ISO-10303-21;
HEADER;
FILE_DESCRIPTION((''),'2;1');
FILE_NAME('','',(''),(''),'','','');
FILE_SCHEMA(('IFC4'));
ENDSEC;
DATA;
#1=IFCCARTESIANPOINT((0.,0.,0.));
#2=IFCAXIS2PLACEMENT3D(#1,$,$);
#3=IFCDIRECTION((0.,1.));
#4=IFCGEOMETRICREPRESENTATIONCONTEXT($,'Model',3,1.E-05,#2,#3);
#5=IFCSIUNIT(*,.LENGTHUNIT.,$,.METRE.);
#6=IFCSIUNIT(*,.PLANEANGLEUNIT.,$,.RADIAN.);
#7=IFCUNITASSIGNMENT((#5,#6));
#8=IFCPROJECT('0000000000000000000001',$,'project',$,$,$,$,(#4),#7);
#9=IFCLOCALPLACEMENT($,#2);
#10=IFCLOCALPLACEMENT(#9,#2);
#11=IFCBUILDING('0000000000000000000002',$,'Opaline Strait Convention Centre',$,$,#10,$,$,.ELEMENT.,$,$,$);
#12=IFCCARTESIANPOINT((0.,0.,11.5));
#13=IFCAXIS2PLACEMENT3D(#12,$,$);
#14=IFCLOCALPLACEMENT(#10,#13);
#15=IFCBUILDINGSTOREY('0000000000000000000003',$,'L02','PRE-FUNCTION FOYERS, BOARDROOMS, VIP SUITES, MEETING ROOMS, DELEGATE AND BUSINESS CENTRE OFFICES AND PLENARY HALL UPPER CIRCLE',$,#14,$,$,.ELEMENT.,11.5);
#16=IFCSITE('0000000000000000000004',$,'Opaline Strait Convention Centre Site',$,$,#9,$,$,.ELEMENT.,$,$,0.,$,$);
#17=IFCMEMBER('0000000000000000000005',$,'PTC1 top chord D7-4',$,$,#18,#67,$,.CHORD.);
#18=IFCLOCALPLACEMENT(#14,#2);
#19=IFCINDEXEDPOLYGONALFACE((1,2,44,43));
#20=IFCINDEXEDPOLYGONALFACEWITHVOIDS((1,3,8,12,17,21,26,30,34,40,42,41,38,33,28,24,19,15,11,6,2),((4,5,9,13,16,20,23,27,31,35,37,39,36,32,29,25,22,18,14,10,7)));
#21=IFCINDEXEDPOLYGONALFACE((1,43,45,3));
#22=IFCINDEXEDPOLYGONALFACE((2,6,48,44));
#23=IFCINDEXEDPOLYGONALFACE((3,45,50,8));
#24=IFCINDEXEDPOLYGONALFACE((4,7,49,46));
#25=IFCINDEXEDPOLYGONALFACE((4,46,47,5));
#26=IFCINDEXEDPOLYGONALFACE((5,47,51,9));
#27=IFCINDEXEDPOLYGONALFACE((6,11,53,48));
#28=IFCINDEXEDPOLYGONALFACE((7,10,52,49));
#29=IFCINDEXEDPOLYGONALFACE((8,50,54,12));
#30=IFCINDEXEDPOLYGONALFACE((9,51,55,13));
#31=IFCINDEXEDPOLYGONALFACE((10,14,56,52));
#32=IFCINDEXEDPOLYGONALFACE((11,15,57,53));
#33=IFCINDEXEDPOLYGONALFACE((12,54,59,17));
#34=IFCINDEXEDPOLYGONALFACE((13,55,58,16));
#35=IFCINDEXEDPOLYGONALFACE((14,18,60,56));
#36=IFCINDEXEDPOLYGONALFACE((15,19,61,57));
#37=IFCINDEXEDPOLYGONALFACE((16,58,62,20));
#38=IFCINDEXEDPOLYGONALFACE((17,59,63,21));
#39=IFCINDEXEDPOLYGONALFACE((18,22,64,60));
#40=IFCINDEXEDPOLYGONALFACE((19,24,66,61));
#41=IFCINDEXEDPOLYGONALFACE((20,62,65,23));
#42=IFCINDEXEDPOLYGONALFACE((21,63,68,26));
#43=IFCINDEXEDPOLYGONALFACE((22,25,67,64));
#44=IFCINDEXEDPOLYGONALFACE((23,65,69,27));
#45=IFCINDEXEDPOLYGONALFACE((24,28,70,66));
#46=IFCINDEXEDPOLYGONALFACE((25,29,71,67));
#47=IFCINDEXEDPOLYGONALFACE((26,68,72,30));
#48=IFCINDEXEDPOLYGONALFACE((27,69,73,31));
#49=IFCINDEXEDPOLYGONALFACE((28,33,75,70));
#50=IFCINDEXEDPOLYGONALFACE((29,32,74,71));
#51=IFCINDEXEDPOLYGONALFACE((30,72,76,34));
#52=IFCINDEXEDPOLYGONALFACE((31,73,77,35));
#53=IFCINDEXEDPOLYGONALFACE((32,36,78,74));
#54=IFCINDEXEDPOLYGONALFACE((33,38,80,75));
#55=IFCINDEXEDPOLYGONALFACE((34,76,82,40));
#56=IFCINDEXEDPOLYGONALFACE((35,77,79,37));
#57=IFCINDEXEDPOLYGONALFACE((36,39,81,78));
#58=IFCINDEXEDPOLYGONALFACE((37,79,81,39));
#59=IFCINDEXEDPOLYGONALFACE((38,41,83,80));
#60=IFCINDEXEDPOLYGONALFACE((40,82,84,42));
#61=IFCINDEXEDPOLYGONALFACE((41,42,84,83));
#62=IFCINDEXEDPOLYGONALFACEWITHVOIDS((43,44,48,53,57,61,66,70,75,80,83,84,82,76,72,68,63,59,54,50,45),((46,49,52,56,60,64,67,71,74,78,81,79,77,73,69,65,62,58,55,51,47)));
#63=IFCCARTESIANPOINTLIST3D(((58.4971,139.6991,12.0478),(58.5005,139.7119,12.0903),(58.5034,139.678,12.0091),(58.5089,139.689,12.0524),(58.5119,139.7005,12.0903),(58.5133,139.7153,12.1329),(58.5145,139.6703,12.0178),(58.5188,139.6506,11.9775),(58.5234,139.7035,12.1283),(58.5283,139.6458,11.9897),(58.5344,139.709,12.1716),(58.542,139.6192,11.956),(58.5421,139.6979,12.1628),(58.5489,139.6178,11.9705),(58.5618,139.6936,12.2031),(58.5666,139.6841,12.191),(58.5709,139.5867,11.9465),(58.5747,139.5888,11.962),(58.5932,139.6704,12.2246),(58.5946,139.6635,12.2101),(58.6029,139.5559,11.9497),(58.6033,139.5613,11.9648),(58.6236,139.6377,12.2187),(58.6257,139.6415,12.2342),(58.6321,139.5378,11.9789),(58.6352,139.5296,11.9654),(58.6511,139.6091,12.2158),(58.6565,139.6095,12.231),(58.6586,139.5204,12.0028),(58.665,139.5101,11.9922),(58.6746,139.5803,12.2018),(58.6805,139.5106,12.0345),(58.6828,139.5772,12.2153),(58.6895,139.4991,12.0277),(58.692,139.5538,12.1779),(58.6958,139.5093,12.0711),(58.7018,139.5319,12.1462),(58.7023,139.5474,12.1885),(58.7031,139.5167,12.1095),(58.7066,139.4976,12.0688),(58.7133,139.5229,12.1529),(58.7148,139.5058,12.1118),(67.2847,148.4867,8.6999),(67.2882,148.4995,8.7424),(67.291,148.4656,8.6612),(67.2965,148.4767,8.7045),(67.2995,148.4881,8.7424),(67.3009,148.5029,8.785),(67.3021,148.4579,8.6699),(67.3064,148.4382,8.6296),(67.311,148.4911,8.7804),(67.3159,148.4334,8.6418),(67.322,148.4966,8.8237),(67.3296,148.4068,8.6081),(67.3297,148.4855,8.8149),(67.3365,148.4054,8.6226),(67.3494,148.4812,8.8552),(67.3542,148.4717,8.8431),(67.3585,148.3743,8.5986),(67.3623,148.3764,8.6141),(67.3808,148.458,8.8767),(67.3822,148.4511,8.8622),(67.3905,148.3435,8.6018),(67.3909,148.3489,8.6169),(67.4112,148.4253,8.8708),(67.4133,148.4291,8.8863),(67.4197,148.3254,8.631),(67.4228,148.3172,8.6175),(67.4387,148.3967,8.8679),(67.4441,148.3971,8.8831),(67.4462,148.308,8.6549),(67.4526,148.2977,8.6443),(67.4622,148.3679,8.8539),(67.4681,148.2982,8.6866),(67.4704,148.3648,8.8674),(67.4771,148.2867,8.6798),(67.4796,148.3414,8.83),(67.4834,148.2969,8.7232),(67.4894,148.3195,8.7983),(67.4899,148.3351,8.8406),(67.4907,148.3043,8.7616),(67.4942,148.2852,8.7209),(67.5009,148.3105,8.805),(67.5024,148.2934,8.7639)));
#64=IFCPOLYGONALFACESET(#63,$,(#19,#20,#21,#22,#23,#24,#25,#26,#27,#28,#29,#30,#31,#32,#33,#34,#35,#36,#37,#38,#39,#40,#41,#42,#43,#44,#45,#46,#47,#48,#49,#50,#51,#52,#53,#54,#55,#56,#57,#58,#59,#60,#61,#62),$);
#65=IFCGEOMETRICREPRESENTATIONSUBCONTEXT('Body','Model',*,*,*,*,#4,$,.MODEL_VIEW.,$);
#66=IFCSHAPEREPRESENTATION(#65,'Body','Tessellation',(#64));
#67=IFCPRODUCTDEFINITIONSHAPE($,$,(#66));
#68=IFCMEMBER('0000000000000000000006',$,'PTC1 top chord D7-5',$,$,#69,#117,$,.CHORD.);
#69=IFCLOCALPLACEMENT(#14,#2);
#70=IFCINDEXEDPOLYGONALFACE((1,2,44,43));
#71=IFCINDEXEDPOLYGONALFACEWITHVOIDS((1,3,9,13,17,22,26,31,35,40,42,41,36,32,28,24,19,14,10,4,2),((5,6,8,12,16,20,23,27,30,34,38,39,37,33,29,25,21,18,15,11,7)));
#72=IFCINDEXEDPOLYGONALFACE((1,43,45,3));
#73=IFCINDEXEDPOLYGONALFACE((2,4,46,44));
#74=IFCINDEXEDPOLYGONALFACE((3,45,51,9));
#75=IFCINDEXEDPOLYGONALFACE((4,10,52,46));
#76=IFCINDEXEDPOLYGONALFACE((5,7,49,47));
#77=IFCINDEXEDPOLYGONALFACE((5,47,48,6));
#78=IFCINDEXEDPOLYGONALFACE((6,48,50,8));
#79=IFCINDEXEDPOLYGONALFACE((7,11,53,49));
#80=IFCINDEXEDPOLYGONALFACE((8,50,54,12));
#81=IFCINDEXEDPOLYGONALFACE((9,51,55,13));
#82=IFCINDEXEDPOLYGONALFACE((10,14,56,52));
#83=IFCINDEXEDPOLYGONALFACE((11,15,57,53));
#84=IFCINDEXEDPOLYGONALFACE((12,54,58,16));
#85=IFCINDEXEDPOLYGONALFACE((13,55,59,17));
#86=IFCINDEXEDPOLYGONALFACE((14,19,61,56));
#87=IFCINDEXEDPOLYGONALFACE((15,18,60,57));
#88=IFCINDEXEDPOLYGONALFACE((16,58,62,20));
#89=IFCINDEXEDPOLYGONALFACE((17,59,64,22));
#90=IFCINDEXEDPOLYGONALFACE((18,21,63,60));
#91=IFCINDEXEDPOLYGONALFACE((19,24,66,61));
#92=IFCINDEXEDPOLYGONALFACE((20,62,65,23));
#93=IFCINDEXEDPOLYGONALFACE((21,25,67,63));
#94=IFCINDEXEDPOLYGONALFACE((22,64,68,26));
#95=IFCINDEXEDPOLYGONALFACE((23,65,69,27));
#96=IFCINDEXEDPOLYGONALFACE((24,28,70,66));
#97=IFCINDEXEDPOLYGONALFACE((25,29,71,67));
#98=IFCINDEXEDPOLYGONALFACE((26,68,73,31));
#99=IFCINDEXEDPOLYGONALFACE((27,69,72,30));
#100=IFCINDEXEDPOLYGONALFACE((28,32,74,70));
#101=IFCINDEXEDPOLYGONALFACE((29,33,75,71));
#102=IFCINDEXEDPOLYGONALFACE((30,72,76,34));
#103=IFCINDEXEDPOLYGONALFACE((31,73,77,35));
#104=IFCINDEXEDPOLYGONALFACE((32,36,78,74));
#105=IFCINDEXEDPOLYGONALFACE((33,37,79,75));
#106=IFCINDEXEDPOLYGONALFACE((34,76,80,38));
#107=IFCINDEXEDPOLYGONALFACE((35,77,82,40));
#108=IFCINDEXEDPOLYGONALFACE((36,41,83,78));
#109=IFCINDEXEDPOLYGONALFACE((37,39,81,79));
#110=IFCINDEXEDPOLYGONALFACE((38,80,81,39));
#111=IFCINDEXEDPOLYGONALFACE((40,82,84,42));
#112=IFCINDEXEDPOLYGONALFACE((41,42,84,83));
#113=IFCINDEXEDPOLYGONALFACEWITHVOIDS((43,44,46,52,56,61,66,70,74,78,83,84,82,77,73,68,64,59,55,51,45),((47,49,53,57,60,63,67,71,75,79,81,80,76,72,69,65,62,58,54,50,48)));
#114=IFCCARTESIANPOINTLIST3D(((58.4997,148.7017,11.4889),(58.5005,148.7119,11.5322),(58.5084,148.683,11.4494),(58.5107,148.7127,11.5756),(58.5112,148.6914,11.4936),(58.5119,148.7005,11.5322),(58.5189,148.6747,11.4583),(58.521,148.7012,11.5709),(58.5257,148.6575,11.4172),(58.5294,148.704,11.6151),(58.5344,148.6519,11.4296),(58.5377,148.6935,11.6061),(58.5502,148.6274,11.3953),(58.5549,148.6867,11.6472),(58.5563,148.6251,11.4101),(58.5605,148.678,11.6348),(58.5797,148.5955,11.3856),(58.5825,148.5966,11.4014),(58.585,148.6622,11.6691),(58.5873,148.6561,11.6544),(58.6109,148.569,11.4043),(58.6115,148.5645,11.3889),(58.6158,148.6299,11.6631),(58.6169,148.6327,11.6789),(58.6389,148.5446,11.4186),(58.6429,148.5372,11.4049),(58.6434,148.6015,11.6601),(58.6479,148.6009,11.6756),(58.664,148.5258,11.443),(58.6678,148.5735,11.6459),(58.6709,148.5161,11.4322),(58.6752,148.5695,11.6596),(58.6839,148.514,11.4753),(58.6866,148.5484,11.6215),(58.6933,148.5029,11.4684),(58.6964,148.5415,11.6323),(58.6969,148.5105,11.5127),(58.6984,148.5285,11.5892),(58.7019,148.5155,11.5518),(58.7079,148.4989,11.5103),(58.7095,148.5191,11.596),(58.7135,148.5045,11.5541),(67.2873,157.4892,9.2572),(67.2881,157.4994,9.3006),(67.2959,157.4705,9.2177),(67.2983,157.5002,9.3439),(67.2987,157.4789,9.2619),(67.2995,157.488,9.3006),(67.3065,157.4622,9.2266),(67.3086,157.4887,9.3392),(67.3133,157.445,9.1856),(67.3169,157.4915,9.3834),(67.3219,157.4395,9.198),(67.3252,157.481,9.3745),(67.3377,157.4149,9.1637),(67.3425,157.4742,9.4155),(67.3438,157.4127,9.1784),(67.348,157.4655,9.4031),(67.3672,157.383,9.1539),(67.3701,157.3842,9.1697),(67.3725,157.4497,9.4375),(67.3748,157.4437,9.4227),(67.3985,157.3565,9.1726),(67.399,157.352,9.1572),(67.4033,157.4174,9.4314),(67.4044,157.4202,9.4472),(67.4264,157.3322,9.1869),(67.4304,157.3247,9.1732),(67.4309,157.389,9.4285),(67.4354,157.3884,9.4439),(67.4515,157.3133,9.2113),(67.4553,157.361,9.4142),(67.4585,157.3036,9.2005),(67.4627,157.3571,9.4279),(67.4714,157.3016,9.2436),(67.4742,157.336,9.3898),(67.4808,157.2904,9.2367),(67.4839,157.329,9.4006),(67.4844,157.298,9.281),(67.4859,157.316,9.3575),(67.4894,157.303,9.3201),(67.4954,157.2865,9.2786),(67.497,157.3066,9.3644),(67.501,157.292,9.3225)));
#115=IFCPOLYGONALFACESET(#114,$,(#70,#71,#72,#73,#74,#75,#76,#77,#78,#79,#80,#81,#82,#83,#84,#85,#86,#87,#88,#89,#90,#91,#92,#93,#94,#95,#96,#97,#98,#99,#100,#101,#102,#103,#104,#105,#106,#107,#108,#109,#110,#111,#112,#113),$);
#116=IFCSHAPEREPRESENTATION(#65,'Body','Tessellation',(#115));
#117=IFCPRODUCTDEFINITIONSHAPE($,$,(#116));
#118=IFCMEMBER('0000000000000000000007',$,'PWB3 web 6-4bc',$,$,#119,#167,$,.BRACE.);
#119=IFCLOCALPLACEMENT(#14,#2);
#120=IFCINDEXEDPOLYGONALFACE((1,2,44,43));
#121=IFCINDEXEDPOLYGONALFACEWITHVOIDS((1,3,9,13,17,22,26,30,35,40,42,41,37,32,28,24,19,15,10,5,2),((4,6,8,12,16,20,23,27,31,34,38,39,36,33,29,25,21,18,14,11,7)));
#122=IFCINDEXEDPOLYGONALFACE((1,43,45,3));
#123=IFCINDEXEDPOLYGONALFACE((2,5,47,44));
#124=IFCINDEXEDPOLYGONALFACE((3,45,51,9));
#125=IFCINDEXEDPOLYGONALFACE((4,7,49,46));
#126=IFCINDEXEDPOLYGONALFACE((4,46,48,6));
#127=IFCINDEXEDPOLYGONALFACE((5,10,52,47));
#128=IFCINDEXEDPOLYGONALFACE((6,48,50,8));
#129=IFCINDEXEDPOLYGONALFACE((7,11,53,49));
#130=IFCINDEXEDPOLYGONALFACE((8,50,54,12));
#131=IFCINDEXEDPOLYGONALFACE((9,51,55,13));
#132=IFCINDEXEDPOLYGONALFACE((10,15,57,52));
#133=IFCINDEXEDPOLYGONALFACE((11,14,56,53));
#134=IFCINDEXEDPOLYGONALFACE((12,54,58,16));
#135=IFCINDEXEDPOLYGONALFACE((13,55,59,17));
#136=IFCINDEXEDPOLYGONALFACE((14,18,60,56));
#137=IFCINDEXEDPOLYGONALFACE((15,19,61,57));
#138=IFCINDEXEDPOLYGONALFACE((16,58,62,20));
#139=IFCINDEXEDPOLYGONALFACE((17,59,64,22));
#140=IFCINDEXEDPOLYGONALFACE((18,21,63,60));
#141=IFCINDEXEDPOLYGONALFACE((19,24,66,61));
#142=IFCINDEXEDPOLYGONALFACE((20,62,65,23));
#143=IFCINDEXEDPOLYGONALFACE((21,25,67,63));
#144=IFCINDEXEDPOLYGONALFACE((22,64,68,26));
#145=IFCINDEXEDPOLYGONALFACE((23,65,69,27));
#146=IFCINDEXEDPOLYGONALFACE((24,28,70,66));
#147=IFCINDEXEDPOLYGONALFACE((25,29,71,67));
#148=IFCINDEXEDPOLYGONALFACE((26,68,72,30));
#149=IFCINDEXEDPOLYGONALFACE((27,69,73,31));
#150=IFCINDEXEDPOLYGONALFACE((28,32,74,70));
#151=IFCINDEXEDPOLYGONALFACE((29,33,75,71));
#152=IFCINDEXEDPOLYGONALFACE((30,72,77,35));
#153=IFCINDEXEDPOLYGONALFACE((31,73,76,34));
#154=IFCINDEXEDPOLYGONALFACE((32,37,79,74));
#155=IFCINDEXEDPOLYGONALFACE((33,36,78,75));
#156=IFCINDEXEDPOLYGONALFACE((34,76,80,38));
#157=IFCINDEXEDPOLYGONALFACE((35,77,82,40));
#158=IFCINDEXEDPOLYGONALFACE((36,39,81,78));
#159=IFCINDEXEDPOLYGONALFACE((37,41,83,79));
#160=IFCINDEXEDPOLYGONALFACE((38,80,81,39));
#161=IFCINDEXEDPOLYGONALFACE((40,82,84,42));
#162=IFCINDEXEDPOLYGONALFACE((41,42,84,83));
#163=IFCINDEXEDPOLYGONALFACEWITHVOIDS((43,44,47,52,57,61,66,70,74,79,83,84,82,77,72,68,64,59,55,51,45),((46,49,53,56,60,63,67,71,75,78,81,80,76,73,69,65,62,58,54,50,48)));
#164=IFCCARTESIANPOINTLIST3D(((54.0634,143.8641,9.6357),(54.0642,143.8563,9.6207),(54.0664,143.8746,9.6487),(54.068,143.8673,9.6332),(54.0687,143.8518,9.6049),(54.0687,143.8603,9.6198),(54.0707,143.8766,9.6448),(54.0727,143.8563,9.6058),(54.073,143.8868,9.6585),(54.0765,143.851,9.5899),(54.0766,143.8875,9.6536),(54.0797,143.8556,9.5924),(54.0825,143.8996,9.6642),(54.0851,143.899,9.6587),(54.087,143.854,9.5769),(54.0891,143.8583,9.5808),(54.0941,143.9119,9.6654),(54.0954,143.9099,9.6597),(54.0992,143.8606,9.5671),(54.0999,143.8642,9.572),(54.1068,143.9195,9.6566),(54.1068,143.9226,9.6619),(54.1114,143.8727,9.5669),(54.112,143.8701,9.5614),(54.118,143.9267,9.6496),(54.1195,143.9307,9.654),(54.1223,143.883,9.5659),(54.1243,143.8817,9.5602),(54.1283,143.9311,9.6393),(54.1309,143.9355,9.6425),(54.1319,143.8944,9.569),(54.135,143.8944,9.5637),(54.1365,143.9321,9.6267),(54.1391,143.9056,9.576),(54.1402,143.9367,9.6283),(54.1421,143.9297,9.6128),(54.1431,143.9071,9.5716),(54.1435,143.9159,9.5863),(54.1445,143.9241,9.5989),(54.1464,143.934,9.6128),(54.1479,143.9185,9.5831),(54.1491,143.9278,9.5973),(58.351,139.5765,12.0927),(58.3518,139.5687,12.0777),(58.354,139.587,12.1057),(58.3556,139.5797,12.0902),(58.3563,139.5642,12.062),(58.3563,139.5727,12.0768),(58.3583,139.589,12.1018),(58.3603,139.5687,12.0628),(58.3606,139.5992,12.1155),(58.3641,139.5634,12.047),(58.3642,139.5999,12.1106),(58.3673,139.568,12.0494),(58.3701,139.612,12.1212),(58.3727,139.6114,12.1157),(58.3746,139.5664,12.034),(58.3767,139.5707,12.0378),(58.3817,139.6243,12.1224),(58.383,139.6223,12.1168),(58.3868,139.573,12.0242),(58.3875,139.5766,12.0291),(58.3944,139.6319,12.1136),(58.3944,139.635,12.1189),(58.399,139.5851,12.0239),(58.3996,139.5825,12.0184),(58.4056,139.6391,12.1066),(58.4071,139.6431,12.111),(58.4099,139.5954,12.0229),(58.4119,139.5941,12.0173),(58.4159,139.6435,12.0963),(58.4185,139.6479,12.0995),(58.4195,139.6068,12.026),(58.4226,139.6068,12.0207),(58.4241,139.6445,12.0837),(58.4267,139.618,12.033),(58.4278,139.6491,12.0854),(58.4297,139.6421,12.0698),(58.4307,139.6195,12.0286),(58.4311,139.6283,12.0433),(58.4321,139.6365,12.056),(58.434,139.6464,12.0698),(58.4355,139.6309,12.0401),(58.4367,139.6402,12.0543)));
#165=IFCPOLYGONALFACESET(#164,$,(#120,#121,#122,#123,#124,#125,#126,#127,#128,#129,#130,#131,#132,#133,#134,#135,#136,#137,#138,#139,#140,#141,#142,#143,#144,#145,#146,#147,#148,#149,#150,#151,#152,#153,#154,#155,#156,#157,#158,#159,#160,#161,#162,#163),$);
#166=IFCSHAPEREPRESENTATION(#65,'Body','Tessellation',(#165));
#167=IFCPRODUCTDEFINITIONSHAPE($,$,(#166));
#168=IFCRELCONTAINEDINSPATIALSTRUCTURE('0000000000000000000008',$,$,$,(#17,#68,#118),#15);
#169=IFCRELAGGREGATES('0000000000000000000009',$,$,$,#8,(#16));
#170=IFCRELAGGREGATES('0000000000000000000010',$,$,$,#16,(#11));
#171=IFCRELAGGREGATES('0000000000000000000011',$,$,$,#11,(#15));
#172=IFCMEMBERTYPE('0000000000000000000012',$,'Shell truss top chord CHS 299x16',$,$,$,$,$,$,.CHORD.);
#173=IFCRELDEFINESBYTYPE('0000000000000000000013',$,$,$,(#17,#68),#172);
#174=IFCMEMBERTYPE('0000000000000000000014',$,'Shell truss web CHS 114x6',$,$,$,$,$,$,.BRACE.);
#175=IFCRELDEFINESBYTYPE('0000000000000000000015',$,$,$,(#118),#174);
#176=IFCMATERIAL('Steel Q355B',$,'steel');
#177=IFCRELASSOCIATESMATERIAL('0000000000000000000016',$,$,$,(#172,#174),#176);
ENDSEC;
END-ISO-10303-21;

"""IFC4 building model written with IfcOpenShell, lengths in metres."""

from ifc_helpers import new_model, si_unit, direction, frame, origin, origin_2d, place, context, subcontext, project, spatial, hollow_circle, extrude, material, material_profile, profile_set, type_object, element, save


model = new_model("IFC4")

# Units and contexts
model_context = context("Model", 3, precision=1e-05, world=origin(), true_north=direction((0.0, 1.0)))
body_context = subcontext(model_context, "Body", "Model", "MODEL_VIEW")
ifc_project = project(units=[si_unit("LENGTHUNIT", "METRE"), si_unit("PLANEANGLEUNIT", "RADIAN")], contexts=[model_context])

# Site, building, storey
site_placement = place(None, origin())
site = spatial("IfcSite", under=ifc_project, at=site_placement, Name="Opaline Strait Convention Centre Site", CompositionType="ELEMENT", RefElevation=0.0)
building_placement = place(site_placement, origin())
building = spatial("IfcBuilding", under=site, at=building_placement, Name="Opaline Strait Convention Centre", CompositionType="ELEMENT")
storey_placement = place(building_placement, frame((0.0, 0.0, 11.5)))
storey = spatial("IfcBuildingStorey", under=building, at=storey_placement, Name="L02", Description="PRE-FUNCTION FOYERS, BOARDROOMS, VIP SUITES, MEETING ROOMS, DELEGATE AND BUSINESS CENTRE OFFICES AND PLENARY HALL UPPER CIRCLE", CompositionType="ELEMENT", Elevation=11.5)

# Members
ifc_material_1 = material(Name="Steel Q355B", Category="steel")
ifc_material_profile_1 = material_profile(ifc_material_1, hollow_circle(Radius=0.1494, WallThickness=0.0161, at=origin_2d()), Name="CHS 299x16")
ifc_profile_set_1 = profile_set([ifc_material_profile_1], Name="Steel Q355B")
member_type_1 = type_object("IfcMemberType", Name="Shell truss top chord CHS 299x16", PredefinedType="CHORD", material=ifc_profile_set_1)
member_1_placement = place(storey_placement, frame((58.6062, 139.6062, 12.0903), z_axis=(0.682766, 0.682766, -0.26012), x_axis=(-0.707107, 0.707107, 0.0)))
element("IfcMember", 1, at=member_1_placement, inside=storey, type_object=member_type_1, Name="PTC1 top chord D7-4", PredefinedType="CHORD", context=body_context, shape_type="SweptSolid", body=[
    extrude(hollow_circle(Radius=0.1494, WallThickness=0.0161, at=origin_2d()), origin(), (0.0, 0.0, 1.0), 12.8706),
])
member_2_placement = place(storey_placement, frame((58.6062, 148.6062, 11.5322), z_axis=(0.695974, 0.695974, -0.176749), x_axis=(-0.707107, 0.707107, 0.0)))
element("IfcMember", 2, at=member_2_placement, inside=storey, type_object=member_type_1, Name="PTC1 top chord D7-5", PredefinedType="CHORD", context=body_context, shape_type="SweptSolid", body=[
    extrude(hollow_circle(Radius=0.1494, WallThickness=0.0161, at=origin_2d()), origin(), (0.0, 0.0, 1.0), 12.6262),
])
ifc_material_profile_2 = material_profile(ifc_material_1, hollow_circle(Radius=0.0569, WallThickness=0.0061, at=origin_2d()), Name="CHS 114x6")
ifc_profile_set_2 = profile_set([ifc_material_profile_2], Name="Steel Q355B")
member_type_2 = type_object("IfcMemberType", Name="Shell truss web CHS 114x6", PredefinedType="BRACE", material=ifc_profile_set_2)
member_3_placement = place(storey_placement, frame((54.1062, 143.8938, 9.6128), z_axis=(0.655348, -0.655348, 0.375551), x_axis=(0.707107, 0.707107, 0.0)))
element("IfcMember", 3, at=member_3_placement, inside=storey, type_object=member_type_2, Name="PWB3 web 6-4bc", PredefinedType="BRACE", context=body_context, shape_type="SweptSolid", body=[
    extrude(hollow_circle(Radius=0.0569, WallThickness=0.0061, at=origin_2d()), origin(), (0.0, 0.0, 1.0), 6.5425),
])

save(model, "model.ifc")
